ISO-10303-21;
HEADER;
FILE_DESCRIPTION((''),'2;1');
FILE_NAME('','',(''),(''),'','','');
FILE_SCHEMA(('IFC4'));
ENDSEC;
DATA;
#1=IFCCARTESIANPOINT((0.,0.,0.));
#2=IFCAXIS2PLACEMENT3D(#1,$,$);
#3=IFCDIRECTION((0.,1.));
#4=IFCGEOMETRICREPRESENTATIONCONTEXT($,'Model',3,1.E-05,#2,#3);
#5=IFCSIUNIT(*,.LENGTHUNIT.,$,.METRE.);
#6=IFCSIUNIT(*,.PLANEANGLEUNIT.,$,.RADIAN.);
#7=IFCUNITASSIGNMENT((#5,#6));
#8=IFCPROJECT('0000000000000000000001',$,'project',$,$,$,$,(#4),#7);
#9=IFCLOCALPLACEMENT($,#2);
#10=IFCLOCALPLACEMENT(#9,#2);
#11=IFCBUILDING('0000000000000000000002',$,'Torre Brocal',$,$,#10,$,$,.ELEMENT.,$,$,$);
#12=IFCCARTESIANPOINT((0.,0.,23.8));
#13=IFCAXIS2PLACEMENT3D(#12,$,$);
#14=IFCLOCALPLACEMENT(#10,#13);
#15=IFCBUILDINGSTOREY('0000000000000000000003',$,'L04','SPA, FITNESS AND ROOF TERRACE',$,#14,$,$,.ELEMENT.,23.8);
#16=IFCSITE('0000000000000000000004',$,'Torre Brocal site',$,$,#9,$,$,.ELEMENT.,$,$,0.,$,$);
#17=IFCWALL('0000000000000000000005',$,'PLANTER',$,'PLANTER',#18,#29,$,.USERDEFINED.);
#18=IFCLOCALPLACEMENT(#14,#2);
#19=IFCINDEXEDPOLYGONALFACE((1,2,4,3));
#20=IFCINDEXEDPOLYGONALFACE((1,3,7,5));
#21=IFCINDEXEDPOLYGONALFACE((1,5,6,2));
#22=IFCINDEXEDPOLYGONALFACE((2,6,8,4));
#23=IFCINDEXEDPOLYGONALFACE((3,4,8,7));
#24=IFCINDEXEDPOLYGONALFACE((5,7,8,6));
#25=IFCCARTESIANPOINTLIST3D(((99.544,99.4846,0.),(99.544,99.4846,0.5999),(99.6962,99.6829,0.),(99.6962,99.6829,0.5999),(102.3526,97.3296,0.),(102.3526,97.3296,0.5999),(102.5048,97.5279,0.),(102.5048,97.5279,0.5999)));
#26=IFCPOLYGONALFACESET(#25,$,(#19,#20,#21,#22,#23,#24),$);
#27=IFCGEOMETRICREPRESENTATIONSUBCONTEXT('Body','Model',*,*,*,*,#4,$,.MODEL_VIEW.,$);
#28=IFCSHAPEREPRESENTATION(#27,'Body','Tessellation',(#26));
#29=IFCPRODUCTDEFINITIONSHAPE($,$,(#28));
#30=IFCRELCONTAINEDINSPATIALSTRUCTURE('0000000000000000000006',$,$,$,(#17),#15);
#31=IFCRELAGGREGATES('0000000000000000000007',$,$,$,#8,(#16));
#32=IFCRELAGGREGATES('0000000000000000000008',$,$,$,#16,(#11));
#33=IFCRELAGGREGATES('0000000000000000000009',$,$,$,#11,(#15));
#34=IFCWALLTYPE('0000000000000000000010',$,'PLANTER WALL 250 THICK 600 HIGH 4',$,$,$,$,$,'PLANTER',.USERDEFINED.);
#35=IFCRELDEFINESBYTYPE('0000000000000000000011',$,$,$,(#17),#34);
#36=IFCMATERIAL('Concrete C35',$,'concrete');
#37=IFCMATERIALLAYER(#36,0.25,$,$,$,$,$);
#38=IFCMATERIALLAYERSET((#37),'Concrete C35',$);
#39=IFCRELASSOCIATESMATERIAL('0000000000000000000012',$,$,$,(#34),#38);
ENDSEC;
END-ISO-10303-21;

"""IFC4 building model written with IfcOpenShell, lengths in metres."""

from ifc_helpers import new_model, si_unit, direction, frame, frame_2d, origin, place, context, subcontext, project, spatial, rectangle, extrude, material, layer, layer_set, type_object, element, save


model = new_model("IFC4")

# Units and contexts
model_context = context("Model", 3, precision=1e-05, world=origin(), true_north=direction((0.0, 1.0)))
body_context = subcontext(model_context, "Body", "Model", "MODEL_VIEW")
ifc_project = project(units=[si_unit("LENGTHUNIT", "METRE"), si_unit("PLANEANGLEUNIT", "RADIAN")], contexts=[model_context])

# Site, building, storey
site_placement = place(None, origin())
site = spatial("IfcSite", under=ifc_project, at=site_placement, Name="Torre Brocal site", CompositionType="ELEMENT", RefElevation=0.0)
building_placement = place(site_placement, origin())
building = spatial("IfcBuilding", under=site, at=building_placement, Name="Torre Brocal", CompositionType="ELEMENT")
storey_placement = place(building_placement, frame((0.0, 0.0, 23.8)))
storey = spatial("IfcBuildingStorey", under=building, at=storey_placement, Name="L04", Description="SPA, FITNESS AND ROOF TERRACE", CompositionType="ELEMENT", Elevation=23.8)

# Wall
ifc_material_1 = material(Name="Concrete C35", Category="concrete")
ifc_layer_1 = layer(ifc_material_1, 0.25)
ifc_layer_set_1 = layer_set([ifc_layer_1], Name="Concrete C35")
wall_type_1 = type_object("IfcWallType", Name="PLANTER WALL 250 THICK 600 HIGH 4", ElementType="PLANTER", PredefinedType="USERDEFINED", material=ifc_layer_set_1)
wall_1_placement = place(storey_placement, frame((99.6201, 99.5837, 0.0), z_axis=(0.0, 0.0, 1.0), x_axis=(0.793364, -0.608747, 0.0)))
element("IfcWall", 1, at=wall_1_placement, inside=storey, type_object=wall_type_1, Name="PLANTER", ObjectType="PLANTER", PredefinedType="USERDEFINED", context=body_context, shape_type="SweptSolid", body=[
    extrude(rectangle(XDim=3.54, YDim=0.25, at=frame_2d((1.77, 0.0))), origin(), (0.0, 0.0, 1.0), 0.5999),
])

save(model, "model.ifc")
